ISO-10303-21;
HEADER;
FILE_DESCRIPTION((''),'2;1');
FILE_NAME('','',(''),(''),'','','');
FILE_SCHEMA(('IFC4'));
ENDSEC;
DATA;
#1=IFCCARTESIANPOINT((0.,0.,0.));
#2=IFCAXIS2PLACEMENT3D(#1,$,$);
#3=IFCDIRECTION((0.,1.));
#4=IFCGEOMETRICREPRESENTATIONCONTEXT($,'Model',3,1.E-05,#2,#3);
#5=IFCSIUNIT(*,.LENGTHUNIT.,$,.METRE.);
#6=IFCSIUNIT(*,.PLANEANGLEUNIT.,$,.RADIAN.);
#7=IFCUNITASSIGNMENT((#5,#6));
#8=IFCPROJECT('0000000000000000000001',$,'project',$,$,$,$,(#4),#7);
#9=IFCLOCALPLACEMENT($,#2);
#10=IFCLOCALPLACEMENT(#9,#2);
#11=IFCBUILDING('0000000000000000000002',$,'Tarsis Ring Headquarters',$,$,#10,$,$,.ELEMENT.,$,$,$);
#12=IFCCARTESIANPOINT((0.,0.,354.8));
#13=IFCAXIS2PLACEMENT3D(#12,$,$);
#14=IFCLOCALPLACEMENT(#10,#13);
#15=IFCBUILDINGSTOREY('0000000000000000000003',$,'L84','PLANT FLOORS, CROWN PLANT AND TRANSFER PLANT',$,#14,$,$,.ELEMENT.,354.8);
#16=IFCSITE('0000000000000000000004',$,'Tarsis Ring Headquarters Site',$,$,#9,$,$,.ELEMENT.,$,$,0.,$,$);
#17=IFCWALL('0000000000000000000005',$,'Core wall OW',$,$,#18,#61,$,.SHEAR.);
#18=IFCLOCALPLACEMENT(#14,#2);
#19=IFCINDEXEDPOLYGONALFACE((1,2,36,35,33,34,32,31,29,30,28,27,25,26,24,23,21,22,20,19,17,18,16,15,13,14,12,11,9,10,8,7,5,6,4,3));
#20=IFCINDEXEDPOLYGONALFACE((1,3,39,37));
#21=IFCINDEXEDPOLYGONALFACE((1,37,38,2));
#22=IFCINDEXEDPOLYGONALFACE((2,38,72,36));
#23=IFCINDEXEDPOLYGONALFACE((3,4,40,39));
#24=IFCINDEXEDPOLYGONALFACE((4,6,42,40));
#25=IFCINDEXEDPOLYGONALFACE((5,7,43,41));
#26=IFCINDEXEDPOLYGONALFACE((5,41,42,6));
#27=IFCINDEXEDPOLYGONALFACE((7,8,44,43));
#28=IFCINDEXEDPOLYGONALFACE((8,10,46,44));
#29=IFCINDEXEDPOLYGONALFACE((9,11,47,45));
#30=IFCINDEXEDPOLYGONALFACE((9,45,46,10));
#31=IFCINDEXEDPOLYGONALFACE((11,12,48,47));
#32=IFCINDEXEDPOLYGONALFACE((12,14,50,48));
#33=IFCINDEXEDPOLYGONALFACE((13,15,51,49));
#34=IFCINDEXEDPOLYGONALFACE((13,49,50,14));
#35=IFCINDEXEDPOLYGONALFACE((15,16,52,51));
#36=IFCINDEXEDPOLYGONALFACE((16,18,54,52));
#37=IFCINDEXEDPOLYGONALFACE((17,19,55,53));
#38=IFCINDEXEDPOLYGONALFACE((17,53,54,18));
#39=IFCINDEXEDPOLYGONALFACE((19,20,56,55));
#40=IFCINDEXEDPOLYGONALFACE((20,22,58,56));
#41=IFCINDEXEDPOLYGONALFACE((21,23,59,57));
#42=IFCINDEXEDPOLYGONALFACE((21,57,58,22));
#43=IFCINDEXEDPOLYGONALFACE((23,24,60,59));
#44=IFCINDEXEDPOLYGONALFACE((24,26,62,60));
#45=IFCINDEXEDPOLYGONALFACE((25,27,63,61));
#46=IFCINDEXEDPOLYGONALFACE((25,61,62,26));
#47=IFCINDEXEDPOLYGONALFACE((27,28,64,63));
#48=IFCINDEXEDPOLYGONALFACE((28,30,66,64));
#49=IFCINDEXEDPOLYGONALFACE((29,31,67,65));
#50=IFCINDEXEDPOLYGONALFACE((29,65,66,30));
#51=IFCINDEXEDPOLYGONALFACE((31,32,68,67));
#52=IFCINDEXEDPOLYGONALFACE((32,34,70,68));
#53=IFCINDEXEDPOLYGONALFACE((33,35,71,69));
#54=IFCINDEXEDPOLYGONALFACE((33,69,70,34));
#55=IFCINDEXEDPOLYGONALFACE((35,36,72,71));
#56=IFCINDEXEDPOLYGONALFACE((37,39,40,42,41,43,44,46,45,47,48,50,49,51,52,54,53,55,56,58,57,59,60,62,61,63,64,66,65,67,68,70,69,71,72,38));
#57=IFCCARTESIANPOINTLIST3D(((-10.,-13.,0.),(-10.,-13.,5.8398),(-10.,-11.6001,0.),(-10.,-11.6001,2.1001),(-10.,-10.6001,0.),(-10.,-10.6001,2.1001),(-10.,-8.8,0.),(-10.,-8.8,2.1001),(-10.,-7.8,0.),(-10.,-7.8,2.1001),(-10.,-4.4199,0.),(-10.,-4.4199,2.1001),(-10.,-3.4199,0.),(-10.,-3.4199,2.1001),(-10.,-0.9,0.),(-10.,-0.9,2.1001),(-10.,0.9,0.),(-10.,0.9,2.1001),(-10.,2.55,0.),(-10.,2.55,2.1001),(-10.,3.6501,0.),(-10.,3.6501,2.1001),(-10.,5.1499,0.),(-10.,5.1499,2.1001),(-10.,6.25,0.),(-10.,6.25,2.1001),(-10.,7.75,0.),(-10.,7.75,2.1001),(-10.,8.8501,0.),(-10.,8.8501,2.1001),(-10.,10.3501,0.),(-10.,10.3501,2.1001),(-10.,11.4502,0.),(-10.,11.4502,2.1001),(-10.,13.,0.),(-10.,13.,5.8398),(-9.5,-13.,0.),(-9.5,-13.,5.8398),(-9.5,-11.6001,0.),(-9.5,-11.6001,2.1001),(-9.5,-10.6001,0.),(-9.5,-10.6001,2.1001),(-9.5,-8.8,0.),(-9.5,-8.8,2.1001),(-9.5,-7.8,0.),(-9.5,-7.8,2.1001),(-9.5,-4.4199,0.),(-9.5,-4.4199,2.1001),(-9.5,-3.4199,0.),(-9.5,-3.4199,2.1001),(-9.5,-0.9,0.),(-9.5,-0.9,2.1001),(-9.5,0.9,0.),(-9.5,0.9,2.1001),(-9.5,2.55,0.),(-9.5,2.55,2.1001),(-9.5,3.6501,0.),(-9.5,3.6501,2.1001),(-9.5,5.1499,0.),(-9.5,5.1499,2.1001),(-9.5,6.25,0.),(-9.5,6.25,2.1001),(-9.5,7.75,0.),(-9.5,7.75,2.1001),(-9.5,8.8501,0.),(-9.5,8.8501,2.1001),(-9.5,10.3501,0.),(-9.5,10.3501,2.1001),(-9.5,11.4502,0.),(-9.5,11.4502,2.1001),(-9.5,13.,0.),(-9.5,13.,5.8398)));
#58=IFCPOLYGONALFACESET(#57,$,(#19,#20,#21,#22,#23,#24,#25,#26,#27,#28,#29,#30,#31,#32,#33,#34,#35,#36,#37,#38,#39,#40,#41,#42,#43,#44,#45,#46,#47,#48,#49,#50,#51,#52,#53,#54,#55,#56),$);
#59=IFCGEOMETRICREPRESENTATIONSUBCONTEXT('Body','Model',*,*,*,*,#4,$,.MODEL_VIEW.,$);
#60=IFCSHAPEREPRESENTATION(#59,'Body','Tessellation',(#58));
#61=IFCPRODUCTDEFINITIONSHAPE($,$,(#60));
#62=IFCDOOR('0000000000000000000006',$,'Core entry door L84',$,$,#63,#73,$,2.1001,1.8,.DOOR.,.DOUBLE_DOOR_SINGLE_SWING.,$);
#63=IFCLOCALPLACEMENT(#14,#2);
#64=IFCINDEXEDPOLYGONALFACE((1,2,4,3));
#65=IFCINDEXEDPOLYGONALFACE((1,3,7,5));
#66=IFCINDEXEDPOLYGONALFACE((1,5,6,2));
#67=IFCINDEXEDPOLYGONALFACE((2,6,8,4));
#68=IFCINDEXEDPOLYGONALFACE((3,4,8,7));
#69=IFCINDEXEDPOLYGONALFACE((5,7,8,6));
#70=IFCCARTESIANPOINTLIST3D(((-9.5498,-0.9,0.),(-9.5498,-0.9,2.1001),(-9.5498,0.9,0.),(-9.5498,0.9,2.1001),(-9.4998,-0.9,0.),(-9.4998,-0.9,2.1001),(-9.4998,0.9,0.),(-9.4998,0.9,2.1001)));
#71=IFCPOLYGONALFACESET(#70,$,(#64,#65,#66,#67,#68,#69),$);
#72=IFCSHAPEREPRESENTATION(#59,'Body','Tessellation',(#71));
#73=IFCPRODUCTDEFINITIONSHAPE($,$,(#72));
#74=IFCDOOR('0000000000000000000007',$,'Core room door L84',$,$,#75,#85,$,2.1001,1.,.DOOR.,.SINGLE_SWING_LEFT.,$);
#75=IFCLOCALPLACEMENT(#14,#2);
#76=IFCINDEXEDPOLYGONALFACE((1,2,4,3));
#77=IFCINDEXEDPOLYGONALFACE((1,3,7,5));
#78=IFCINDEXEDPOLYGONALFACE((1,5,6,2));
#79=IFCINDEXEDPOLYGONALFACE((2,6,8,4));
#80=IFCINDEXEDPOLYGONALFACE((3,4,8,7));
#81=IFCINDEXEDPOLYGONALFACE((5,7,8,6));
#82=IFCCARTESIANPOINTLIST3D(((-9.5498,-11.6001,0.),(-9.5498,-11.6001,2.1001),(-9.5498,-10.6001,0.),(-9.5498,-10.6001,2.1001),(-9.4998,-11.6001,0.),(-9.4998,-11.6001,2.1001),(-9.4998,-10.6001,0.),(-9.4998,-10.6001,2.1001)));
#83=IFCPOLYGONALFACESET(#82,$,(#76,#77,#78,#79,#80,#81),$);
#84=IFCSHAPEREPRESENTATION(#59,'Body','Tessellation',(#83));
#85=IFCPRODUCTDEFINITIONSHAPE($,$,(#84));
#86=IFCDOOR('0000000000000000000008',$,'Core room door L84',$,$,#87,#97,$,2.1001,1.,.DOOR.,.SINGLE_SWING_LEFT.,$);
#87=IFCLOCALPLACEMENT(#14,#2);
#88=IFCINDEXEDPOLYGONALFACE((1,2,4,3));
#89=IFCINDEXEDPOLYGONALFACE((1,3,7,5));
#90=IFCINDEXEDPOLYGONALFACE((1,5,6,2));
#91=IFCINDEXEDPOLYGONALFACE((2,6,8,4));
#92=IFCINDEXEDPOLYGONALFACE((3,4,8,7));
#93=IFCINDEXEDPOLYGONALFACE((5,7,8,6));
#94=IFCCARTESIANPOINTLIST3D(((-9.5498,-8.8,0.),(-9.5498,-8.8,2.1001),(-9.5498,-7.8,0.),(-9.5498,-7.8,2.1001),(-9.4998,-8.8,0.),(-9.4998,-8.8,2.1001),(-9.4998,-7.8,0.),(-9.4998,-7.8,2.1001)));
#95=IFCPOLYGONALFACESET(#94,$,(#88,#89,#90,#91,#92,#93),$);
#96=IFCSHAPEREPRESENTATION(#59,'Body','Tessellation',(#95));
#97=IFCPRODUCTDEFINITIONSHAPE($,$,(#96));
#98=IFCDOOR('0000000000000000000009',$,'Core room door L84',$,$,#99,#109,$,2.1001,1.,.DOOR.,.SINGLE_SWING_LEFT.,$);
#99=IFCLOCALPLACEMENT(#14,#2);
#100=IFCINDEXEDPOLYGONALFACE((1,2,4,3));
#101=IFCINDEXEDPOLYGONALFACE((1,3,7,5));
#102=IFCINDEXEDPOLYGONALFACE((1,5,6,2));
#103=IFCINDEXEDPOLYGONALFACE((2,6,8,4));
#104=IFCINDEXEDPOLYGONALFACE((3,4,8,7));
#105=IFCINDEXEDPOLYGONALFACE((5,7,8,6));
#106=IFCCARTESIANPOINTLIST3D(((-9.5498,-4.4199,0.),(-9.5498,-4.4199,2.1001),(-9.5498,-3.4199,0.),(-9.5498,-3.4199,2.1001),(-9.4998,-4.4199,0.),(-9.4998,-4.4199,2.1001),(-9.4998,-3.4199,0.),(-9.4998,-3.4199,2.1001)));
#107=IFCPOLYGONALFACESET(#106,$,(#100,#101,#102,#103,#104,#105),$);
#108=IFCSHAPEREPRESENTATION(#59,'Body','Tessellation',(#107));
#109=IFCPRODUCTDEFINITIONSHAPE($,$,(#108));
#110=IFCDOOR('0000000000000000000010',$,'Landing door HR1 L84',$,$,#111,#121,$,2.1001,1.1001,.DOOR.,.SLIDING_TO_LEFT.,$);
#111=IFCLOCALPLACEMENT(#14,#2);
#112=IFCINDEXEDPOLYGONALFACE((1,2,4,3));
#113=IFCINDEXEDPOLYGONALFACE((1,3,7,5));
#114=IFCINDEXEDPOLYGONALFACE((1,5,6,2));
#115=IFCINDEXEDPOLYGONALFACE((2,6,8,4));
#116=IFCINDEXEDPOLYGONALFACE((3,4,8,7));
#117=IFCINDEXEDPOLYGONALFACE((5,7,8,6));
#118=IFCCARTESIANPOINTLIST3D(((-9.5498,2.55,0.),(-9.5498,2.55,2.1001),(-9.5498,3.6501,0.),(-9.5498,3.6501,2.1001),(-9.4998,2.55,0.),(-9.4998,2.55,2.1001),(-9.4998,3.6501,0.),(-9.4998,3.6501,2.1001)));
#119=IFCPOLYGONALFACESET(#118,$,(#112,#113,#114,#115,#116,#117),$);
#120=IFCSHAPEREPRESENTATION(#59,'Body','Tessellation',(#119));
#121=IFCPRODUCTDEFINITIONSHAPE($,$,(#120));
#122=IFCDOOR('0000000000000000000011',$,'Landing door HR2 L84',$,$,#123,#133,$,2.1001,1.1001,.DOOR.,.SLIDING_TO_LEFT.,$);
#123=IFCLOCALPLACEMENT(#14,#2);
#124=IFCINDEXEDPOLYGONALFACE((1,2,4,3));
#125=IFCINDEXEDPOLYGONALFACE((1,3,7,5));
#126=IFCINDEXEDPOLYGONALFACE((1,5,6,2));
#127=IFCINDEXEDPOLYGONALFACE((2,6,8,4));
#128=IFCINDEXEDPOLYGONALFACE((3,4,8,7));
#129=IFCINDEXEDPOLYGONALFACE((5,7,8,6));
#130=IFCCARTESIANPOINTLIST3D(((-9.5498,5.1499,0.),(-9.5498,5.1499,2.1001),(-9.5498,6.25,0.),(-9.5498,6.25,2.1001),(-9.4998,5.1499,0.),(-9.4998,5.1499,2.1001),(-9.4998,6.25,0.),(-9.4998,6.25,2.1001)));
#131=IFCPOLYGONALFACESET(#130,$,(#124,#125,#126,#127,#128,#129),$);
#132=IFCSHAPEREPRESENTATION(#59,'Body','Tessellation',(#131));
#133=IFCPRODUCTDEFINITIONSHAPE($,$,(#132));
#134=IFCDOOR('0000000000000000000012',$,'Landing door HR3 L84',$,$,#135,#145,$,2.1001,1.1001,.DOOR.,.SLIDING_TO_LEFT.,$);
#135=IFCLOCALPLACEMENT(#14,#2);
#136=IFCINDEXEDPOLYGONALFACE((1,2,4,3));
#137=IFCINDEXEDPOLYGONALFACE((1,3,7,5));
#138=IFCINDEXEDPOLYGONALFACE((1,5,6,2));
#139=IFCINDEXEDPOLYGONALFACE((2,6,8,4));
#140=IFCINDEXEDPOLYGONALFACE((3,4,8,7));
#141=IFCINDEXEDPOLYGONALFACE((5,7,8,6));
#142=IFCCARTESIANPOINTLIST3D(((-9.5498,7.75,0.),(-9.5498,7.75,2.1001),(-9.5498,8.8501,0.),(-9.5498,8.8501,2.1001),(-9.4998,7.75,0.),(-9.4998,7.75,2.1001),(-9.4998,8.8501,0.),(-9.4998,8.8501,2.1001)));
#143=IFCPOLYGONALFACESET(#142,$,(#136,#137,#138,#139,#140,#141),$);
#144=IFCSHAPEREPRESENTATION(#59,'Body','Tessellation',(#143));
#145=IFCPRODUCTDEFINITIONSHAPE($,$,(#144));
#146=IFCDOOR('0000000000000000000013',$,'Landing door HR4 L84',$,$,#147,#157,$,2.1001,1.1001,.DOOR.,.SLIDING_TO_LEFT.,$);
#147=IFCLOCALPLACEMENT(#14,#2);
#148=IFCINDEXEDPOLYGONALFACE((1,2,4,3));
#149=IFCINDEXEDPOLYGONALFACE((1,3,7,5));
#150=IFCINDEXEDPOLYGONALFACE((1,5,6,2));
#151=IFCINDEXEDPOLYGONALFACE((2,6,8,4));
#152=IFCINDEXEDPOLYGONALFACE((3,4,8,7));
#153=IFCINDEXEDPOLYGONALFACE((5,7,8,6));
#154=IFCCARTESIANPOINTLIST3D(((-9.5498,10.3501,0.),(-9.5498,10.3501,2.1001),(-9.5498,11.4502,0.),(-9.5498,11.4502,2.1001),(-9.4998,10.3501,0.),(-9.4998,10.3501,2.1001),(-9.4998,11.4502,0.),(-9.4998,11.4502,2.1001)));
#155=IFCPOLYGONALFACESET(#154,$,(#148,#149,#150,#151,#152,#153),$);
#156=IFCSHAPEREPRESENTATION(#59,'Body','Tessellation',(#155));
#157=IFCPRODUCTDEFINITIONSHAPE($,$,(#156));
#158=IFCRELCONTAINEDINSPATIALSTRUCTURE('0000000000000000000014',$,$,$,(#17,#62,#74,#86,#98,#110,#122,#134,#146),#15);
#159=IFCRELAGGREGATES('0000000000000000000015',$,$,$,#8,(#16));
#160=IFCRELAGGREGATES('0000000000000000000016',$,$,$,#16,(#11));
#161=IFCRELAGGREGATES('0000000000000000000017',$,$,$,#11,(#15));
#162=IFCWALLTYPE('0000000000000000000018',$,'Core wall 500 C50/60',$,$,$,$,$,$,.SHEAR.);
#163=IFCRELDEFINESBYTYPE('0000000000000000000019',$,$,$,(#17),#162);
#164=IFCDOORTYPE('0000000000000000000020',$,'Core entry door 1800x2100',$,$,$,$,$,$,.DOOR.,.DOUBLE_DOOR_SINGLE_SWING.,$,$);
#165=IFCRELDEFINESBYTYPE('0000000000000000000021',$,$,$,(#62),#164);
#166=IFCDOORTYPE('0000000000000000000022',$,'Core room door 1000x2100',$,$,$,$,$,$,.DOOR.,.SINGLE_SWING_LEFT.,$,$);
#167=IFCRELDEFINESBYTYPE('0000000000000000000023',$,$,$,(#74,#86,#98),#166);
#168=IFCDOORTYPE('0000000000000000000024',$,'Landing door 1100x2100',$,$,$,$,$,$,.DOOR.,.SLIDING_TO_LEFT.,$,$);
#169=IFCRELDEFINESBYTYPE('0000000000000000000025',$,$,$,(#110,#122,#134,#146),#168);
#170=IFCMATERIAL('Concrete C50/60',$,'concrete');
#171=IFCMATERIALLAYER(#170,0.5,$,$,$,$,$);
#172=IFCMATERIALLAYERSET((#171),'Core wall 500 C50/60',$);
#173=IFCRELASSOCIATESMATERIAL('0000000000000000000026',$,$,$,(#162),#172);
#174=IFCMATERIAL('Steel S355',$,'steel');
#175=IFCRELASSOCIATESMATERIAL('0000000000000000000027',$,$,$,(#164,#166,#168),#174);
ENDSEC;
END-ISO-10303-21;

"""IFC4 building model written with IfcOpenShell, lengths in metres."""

from ifc_helpers import new_model, si_unit, direction, frame, frame_2d, origin, place, context, subcontext, project, spatial, rectangle, extrude, material, layer, layer_set, type_object, element, fill, save


model = new_model("IFC4")

# Units and contexts
model_context = context("Model", 3, precision=1e-05, world=origin(), true_north=direction((0.0, 1.0)))
body_context = subcontext(model_context, "Body", "Model", "MODEL_VIEW")
ifc_project = project(units=[si_unit("LENGTHUNIT", "METRE"), si_unit("PLANEANGLEUNIT", "RADIAN")], contexts=[model_context])

# Site, building, storey
site_placement = place(None, origin())
site = spatial("IfcSite", under=ifc_project, at=site_placement, Name="Tarsis Ring Headquarters Site", CompositionType="ELEMENT", RefElevation=0.0)
building_placement = place(site_placement, origin())
building = spatial("IfcBuilding", under=site, at=building_placement, Name="Tarsis Ring Headquarters", CompositionType="ELEMENT")
storey_placement = place(building_placement, frame((0.0, 0.0, 354.8)))
storey = spatial("IfcBuildingStorey", under=building, at=storey_placement, Name="L84", Description="PLANT FLOORS, CROWN PLANT AND TRANSFER PLANT", CompositionType="ELEMENT", Elevation=354.8)

# Wall, openings, doors
ifc_material_1 = material(Name="Concrete C50/60", Category="concrete")
ifc_layer_1 = layer(ifc_material_1, 0.5)
ifc_layer_set_1 = layer_set([ifc_layer_1], Name="Core wall 500 C50/60")
wall_type_1 = type_object("IfcWallType", Name="Core wall 500 C50/60", PredefinedType="SHEAR", material=ifc_layer_set_1)
wall_1_placement = place(storey_placement, frame((-9.75, -13.0, 0.0), z_axis=(0.0, 0.0, 1.0), x_axis=(0.0, 1.0, 0.0)))
wall_1 = element("IfcWall", 1, at=wall_1_placement, inside=storey, type_object=wall_type_1, Name="Core wall OW", PredefinedType="SHEAR", context=body_context, shape_type="SweptSolid", body=[
    extrude(rectangle(XDim=26.0, YDim=0.5, at=frame_2d((13.0, 0.0))), origin(), (0.0, 0.0, 1.0), 5.8398),
])
opening_1_placement = place(wall_1_placement, frame((1.3999, 0.0, 0.0)))
opening_1 = element("IfcOpeningElement", 2, at=opening_1_placement, cuts=wall_1, PredefinedType="OPENING", context=body_context, shape_type="SweptSolid", body=[
    extrude(rectangle(XDim=1.0, YDim=2.1001, at=frame_2d((0.5, 1.05))), frame((0.0, 0.26, 0.0), z_axis=(0.0, -1.0, 0.0), x_axis=(1.0, 0.0, 0.0)), (0.0, 0.0, 1.0), 0.52),
])
opening_2_placement = place(wall_1_placement, frame((4.2, 0.0, 0.0)))
opening_2 = element("IfcOpeningElement", 3, at=opening_2_placement, cuts=wall_1, PredefinedType="OPENING", context=body_context, shape_type="SweptSolid", body=[
    extrude(rectangle(XDim=1.0, YDim=2.1001, at=frame_2d((0.5, 1.05))), frame((0.0, 0.26, 0.0), z_axis=(0.0, -1.0, 0.0), x_axis=(1.0, 0.0, 0.0)), (0.0, 0.0, 1.0), 0.52),
])
opening_3_placement = place(wall_1_placement, frame((8.5801, 0.0, 0.0)))
opening_3 = element("IfcOpeningElement", 4, at=opening_3_placement, cuts=wall_1, PredefinedType="OPENING", context=body_context, shape_type="SweptSolid", body=[
    extrude(rectangle(XDim=1.0, YDim=2.1001, at=frame_2d((0.5, 1.05))), frame((0.0, 0.26, 0.0), z_axis=(0.0, -1.0, 0.0), x_axis=(1.0, 0.0, 0.0)), (0.0, 0.0, 1.0), 0.52),
])
opening_4_placement = place(wall_1_placement, frame((12.1001, 0.0, 0.0)))
opening_4 = element("IfcOpeningElement", 5, at=opening_4_placement, cuts=wall_1, PredefinedType="OPENING", context=body_context, shape_type="SweptSolid", body=[
    extrude(rectangle(XDim=1.8, YDim=2.1001, at=frame_2d((0.8999, 1.05))), frame((0.0, 0.26, 0.0), z_axis=(0.0, -1.0, 0.0), x_axis=(1.0, 0.0, 0.0)), (0.0, 0.0, 1.0), 0.52),
])
opening_5_placement = place(wall_1_placement, frame((15.55, 0.0, 0.0)))
opening_5 = element("IfcOpeningElement", 6, at=opening_5_placement, cuts=wall_1, PredefinedType="OPENING", context=body_context, shape_type="SweptSolid", body=[
    extrude(rectangle(XDim=1.1001, YDim=2.1001, at=frame_2d((0.55, 1.05))), frame((0.0, 0.26, 0.0), z_axis=(0.0, -1.0, 0.0), x_axis=(1.0, 0.0, 0.0)), (0.0, 0.0, 1.0), 0.52),
])
opening_6_placement = place(wall_1_placement, frame((18.1499, 0.0, 0.0)))
opening_6 = element("IfcOpeningElement", 7, at=opening_6_placement, cuts=wall_1, PredefinedType="OPENING", context=body_context, shape_type="SweptSolid", body=[
    extrude(rectangle(XDim=1.1001, YDim=2.1001, at=frame_2d((0.55, 1.05))), frame((0.0, 0.26, 0.0), z_axis=(0.0, -1.0, 0.0), x_axis=(1.0, 0.0, 0.0)), (0.0, 0.0, 1.0), 0.52),
])
opening_7_placement = place(wall_1_placement, frame((20.75, 0.0, 0.0)))
opening_7 = element("IfcOpeningElement", 8, at=opening_7_placement, cuts=wall_1, PredefinedType="OPENING", context=body_context, shape_type="SweptSolid", body=[
    extrude(rectangle(XDim=1.1001, YDim=2.1001, at=frame_2d((0.55, 1.05))), frame((0.0, 0.26, 0.0), z_axis=(0.0, -1.0, 0.0), x_axis=(1.0, 0.0, 0.0)), (0.0, 0.0, 1.0), 0.52),
])
opening_8_placement = place(wall_1_placement, frame((23.3501, 0.0, 0.0)))
opening_8 = element("IfcOpeningElement", 9, at=opening_8_placement, cuts=wall_1, PredefinedType="OPENING", context=body_context, shape_type="SweptSolid", body=[
    extrude(rectangle(XDim=1.1001, YDim=2.1001, at=frame_2d((0.55, 1.05))), frame((0.0, 0.26, 0.0), z_axis=(0.0, -1.0, 0.0), x_axis=(1.0, 0.0, 0.0)), (0.0, 0.0, 1.0), 0.52),
])
ifc_material_2 = material(Name="Steel S355", Category="steel")
door_type_1 = type_object("IfcDoorType", Name="Core entry door 1800x2100", OperationType="DOUBLE_DOOR_SINGLE_SWING", PredefinedType="DOOR", material=ifc_material_2)
door_1_placement = place(opening_4_placement, origin())
door_1 = element("IfcDoor", 10, at=door_1_placement, inside=storey, type_object=door_type_1, Name="Core entry door L84", OperationType="DOUBLE_DOOR_SINGLE_SWING", OverallHeight=2.1001, OverallWidth=1.8, PredefinedType="DOOR", context=body_context, shape_type="SweptSolid", body=[
    extrude(rectangle(XDim=1.8, YDim=2.1001, at=frame_2d((0.8999, 1.05))), frame((0.0, -0.2002, 0.0), z_axis=(0.0, -1.0, 0.0), x_axis=(1.0, 0.0, 0.0)), (0.0, 0.0, 1.0), 0.05),
])
fill(opening_4, door_1)
door_type_2 = type_object("IfcDoorType", Name="Core room door 1000x2100", OperationType="SINGLE_SWING_LEFT", PredefinedType="DOOR", material=ifc_material_2)
door_2_placement = place(opening_1_placement, origin())
door_2 = element("IfcDoor", 11, at=door_2_placement, inside=storey, type_object=door_type_2, Name="Core room door L84", OperationType="SINGLE_SWING_LEFT", OverallHeight=2.1001, OverallWidth=1.0, PredefinedType="DOOR", context=body_context, shape_type="SweptSolid", body=[
    extrude(rectangle(XDim=1.0, YDim=2.1001, at=frame_2d((0.5, 1.05))), frame((0.0, -0.2002, 0.0), z_axis=(0.0, -1.0, 0.0), x_axis=(1.0, 0.0, 0.0)), (0.0, 0.0, 1.0), 0.05),
])
fill(opening_1, door_2)
door_3_placement = place(opening_2_placement, origin())
door_3 = element("IfcDoor", 12, at=door_3_placement, inside=storey, type_object=door_type_2, Name="Core room door L84", OperationType="SINGLE_SWING_LEFT", OverallHeight=2.1001, OverallWidth=1.0, PredefinedType="DOOR", context=body_context, shape_type="SweptSolid", body=[
    extrude(rectangle(XDim=1.0, YDim=2.1001, at=frame_2d((0.5, 1.05))), frame((0.0, -0.2002, 0.0), z_axis=(0.0, -1.0, 0.0), x_axis=(1.0, 0.0, 0.0)), (0.0, 0.0, 1.0), 0.05),
])
fill(opening_2, door_3)
door_4_placement = place(opening_3_placement, origin())
door_4 = element("IfcDoor", 13, at=door_4_placement, inside=storey, type_object=door_type_2, Name="Core room door L84", OperationType="SINGLE_SWING_LEFT", OverallHeight=2.1001, OverallWidth=1.0, PredefinedType="DOOR", context=body_context, shape_type="SweptSolid", body=[
    extrude(rectangle(XDim=1.0, YDim=2.1001, at=frame_2d((0.5, 1.05))), frame((0.0, -0.2002, 0.0), z_axis=(0.0, -1.0, 0.0), x_axis=(1.0, 0.0, 0.0)), (0.0, 0.0, 1.0), 0.05),
])
fill(opening_3, door_4)
door_type_3 = type_object("IfcDoorType", Name="Landing door 1100x2100", OperationType="SLIDING_TO_LEFT", PredefinedType="DOOR", material=ifc_material_2)
door_5_placement = place(opening_5_placement, origin())
door_5 = element("IfcDoor", 14, at=door_5_placement, inside=storey, type_object=door_type_3, Name="Landing door HR1 L84", OperationType="SLIDING_TO_LEFT", OverallHeight=2.1001, OverallWidth=1.1001, PredefinedType="DOOR", context=body_context, shape_type="SweptSolid", body=[
    extrude(rectangle(XDim=1.1001, YDim=2.1001, at=frame_2d((0.55, 1.05))), frame((0.0, -0.2002, 0.0), z_axis=(0.0, -1.0, 0.0), x_axis=(1.0, 0.0, 0.0)), (0.0, 0.0, 1.0), 0.05),
])
fill(opening_5, door_5)
door_6_placement = place(opening_6_placement, origin())
door_6 = element("IfcDoor", 15, at=door_6_placement, inside=storey, type_object=door_type_3, Name="Landing door HR2 L84", OperationType="SLIDING_TO_LEFT", OverallHeight=2.1001, OverallWidth=1.1001, PredefinedType="DOOR", context=body_context, shape_type="SweptSolid", body=[
    extrude(rectangle(XDim=1.1001, YDim=2.1001, at=frame_2d((0.55, 1.05))), frame((0.0, -0.2002, 0.0), z_axis=(0.0, -1.0, 0.0), x_axis=(1.0, 0.0, 0.0)), (0.0, 0.0, 1.0), 0.05),
])
fill(opening_6, door_6)
door_7_placement = place(opening_7_placement, origin())
door_7 = element("IfcDoor", 16, at=door_7_placement, inside=storey, type_object=door_type_3, Name="Landing door HR3 L84", OperationType="SLIDING_TO_LEFT", OverallHeight=2.1001, OverallWidth=1.1001, PredefinedType="DOOR", context=body_context, shape_type="SweptSolid", body=[
    extrude(rectangle(XDim=1.1001, YDim=2.1001, at=frame_2d((0.55, 1.05))), frame((0.0, -0.2002, 0.0), z_axis=(0.0, -1.0, 0.0), x_axis=(1.0, 0.0, 0.0)), (0.0, 0.0, 1.0), 0.05),
])
fill(opening_7, door_7)
door_8_placement = place(opening_8_placement, origin())
door_8 = element("IfcDoor", 17, at=door_8_placement, inside=storey, type_object=door_type_3, Name="Landing door HR4 L84", OperationType="SLIDING_TO_LEFT", OverallHeight=2.1001, OverallWidth=1.1001, PredefinedType="DOOR", context=body_context, shape_type="SweptSolid", body=[
    extrude(rectangle(XDim=1.1001, YDim=2.1001, at=frame_2d((0.55, 1.05))), frame((0.0, -0.2002, 0.0), z_axis=(0.0, -1.0, 0.0), x_axis=(1.0, 0.0, 0.0)), (0.0, 0.0, 1.0), 0.05),
])
fill(opening_8, door_8)

save(model, "model.ifc")
